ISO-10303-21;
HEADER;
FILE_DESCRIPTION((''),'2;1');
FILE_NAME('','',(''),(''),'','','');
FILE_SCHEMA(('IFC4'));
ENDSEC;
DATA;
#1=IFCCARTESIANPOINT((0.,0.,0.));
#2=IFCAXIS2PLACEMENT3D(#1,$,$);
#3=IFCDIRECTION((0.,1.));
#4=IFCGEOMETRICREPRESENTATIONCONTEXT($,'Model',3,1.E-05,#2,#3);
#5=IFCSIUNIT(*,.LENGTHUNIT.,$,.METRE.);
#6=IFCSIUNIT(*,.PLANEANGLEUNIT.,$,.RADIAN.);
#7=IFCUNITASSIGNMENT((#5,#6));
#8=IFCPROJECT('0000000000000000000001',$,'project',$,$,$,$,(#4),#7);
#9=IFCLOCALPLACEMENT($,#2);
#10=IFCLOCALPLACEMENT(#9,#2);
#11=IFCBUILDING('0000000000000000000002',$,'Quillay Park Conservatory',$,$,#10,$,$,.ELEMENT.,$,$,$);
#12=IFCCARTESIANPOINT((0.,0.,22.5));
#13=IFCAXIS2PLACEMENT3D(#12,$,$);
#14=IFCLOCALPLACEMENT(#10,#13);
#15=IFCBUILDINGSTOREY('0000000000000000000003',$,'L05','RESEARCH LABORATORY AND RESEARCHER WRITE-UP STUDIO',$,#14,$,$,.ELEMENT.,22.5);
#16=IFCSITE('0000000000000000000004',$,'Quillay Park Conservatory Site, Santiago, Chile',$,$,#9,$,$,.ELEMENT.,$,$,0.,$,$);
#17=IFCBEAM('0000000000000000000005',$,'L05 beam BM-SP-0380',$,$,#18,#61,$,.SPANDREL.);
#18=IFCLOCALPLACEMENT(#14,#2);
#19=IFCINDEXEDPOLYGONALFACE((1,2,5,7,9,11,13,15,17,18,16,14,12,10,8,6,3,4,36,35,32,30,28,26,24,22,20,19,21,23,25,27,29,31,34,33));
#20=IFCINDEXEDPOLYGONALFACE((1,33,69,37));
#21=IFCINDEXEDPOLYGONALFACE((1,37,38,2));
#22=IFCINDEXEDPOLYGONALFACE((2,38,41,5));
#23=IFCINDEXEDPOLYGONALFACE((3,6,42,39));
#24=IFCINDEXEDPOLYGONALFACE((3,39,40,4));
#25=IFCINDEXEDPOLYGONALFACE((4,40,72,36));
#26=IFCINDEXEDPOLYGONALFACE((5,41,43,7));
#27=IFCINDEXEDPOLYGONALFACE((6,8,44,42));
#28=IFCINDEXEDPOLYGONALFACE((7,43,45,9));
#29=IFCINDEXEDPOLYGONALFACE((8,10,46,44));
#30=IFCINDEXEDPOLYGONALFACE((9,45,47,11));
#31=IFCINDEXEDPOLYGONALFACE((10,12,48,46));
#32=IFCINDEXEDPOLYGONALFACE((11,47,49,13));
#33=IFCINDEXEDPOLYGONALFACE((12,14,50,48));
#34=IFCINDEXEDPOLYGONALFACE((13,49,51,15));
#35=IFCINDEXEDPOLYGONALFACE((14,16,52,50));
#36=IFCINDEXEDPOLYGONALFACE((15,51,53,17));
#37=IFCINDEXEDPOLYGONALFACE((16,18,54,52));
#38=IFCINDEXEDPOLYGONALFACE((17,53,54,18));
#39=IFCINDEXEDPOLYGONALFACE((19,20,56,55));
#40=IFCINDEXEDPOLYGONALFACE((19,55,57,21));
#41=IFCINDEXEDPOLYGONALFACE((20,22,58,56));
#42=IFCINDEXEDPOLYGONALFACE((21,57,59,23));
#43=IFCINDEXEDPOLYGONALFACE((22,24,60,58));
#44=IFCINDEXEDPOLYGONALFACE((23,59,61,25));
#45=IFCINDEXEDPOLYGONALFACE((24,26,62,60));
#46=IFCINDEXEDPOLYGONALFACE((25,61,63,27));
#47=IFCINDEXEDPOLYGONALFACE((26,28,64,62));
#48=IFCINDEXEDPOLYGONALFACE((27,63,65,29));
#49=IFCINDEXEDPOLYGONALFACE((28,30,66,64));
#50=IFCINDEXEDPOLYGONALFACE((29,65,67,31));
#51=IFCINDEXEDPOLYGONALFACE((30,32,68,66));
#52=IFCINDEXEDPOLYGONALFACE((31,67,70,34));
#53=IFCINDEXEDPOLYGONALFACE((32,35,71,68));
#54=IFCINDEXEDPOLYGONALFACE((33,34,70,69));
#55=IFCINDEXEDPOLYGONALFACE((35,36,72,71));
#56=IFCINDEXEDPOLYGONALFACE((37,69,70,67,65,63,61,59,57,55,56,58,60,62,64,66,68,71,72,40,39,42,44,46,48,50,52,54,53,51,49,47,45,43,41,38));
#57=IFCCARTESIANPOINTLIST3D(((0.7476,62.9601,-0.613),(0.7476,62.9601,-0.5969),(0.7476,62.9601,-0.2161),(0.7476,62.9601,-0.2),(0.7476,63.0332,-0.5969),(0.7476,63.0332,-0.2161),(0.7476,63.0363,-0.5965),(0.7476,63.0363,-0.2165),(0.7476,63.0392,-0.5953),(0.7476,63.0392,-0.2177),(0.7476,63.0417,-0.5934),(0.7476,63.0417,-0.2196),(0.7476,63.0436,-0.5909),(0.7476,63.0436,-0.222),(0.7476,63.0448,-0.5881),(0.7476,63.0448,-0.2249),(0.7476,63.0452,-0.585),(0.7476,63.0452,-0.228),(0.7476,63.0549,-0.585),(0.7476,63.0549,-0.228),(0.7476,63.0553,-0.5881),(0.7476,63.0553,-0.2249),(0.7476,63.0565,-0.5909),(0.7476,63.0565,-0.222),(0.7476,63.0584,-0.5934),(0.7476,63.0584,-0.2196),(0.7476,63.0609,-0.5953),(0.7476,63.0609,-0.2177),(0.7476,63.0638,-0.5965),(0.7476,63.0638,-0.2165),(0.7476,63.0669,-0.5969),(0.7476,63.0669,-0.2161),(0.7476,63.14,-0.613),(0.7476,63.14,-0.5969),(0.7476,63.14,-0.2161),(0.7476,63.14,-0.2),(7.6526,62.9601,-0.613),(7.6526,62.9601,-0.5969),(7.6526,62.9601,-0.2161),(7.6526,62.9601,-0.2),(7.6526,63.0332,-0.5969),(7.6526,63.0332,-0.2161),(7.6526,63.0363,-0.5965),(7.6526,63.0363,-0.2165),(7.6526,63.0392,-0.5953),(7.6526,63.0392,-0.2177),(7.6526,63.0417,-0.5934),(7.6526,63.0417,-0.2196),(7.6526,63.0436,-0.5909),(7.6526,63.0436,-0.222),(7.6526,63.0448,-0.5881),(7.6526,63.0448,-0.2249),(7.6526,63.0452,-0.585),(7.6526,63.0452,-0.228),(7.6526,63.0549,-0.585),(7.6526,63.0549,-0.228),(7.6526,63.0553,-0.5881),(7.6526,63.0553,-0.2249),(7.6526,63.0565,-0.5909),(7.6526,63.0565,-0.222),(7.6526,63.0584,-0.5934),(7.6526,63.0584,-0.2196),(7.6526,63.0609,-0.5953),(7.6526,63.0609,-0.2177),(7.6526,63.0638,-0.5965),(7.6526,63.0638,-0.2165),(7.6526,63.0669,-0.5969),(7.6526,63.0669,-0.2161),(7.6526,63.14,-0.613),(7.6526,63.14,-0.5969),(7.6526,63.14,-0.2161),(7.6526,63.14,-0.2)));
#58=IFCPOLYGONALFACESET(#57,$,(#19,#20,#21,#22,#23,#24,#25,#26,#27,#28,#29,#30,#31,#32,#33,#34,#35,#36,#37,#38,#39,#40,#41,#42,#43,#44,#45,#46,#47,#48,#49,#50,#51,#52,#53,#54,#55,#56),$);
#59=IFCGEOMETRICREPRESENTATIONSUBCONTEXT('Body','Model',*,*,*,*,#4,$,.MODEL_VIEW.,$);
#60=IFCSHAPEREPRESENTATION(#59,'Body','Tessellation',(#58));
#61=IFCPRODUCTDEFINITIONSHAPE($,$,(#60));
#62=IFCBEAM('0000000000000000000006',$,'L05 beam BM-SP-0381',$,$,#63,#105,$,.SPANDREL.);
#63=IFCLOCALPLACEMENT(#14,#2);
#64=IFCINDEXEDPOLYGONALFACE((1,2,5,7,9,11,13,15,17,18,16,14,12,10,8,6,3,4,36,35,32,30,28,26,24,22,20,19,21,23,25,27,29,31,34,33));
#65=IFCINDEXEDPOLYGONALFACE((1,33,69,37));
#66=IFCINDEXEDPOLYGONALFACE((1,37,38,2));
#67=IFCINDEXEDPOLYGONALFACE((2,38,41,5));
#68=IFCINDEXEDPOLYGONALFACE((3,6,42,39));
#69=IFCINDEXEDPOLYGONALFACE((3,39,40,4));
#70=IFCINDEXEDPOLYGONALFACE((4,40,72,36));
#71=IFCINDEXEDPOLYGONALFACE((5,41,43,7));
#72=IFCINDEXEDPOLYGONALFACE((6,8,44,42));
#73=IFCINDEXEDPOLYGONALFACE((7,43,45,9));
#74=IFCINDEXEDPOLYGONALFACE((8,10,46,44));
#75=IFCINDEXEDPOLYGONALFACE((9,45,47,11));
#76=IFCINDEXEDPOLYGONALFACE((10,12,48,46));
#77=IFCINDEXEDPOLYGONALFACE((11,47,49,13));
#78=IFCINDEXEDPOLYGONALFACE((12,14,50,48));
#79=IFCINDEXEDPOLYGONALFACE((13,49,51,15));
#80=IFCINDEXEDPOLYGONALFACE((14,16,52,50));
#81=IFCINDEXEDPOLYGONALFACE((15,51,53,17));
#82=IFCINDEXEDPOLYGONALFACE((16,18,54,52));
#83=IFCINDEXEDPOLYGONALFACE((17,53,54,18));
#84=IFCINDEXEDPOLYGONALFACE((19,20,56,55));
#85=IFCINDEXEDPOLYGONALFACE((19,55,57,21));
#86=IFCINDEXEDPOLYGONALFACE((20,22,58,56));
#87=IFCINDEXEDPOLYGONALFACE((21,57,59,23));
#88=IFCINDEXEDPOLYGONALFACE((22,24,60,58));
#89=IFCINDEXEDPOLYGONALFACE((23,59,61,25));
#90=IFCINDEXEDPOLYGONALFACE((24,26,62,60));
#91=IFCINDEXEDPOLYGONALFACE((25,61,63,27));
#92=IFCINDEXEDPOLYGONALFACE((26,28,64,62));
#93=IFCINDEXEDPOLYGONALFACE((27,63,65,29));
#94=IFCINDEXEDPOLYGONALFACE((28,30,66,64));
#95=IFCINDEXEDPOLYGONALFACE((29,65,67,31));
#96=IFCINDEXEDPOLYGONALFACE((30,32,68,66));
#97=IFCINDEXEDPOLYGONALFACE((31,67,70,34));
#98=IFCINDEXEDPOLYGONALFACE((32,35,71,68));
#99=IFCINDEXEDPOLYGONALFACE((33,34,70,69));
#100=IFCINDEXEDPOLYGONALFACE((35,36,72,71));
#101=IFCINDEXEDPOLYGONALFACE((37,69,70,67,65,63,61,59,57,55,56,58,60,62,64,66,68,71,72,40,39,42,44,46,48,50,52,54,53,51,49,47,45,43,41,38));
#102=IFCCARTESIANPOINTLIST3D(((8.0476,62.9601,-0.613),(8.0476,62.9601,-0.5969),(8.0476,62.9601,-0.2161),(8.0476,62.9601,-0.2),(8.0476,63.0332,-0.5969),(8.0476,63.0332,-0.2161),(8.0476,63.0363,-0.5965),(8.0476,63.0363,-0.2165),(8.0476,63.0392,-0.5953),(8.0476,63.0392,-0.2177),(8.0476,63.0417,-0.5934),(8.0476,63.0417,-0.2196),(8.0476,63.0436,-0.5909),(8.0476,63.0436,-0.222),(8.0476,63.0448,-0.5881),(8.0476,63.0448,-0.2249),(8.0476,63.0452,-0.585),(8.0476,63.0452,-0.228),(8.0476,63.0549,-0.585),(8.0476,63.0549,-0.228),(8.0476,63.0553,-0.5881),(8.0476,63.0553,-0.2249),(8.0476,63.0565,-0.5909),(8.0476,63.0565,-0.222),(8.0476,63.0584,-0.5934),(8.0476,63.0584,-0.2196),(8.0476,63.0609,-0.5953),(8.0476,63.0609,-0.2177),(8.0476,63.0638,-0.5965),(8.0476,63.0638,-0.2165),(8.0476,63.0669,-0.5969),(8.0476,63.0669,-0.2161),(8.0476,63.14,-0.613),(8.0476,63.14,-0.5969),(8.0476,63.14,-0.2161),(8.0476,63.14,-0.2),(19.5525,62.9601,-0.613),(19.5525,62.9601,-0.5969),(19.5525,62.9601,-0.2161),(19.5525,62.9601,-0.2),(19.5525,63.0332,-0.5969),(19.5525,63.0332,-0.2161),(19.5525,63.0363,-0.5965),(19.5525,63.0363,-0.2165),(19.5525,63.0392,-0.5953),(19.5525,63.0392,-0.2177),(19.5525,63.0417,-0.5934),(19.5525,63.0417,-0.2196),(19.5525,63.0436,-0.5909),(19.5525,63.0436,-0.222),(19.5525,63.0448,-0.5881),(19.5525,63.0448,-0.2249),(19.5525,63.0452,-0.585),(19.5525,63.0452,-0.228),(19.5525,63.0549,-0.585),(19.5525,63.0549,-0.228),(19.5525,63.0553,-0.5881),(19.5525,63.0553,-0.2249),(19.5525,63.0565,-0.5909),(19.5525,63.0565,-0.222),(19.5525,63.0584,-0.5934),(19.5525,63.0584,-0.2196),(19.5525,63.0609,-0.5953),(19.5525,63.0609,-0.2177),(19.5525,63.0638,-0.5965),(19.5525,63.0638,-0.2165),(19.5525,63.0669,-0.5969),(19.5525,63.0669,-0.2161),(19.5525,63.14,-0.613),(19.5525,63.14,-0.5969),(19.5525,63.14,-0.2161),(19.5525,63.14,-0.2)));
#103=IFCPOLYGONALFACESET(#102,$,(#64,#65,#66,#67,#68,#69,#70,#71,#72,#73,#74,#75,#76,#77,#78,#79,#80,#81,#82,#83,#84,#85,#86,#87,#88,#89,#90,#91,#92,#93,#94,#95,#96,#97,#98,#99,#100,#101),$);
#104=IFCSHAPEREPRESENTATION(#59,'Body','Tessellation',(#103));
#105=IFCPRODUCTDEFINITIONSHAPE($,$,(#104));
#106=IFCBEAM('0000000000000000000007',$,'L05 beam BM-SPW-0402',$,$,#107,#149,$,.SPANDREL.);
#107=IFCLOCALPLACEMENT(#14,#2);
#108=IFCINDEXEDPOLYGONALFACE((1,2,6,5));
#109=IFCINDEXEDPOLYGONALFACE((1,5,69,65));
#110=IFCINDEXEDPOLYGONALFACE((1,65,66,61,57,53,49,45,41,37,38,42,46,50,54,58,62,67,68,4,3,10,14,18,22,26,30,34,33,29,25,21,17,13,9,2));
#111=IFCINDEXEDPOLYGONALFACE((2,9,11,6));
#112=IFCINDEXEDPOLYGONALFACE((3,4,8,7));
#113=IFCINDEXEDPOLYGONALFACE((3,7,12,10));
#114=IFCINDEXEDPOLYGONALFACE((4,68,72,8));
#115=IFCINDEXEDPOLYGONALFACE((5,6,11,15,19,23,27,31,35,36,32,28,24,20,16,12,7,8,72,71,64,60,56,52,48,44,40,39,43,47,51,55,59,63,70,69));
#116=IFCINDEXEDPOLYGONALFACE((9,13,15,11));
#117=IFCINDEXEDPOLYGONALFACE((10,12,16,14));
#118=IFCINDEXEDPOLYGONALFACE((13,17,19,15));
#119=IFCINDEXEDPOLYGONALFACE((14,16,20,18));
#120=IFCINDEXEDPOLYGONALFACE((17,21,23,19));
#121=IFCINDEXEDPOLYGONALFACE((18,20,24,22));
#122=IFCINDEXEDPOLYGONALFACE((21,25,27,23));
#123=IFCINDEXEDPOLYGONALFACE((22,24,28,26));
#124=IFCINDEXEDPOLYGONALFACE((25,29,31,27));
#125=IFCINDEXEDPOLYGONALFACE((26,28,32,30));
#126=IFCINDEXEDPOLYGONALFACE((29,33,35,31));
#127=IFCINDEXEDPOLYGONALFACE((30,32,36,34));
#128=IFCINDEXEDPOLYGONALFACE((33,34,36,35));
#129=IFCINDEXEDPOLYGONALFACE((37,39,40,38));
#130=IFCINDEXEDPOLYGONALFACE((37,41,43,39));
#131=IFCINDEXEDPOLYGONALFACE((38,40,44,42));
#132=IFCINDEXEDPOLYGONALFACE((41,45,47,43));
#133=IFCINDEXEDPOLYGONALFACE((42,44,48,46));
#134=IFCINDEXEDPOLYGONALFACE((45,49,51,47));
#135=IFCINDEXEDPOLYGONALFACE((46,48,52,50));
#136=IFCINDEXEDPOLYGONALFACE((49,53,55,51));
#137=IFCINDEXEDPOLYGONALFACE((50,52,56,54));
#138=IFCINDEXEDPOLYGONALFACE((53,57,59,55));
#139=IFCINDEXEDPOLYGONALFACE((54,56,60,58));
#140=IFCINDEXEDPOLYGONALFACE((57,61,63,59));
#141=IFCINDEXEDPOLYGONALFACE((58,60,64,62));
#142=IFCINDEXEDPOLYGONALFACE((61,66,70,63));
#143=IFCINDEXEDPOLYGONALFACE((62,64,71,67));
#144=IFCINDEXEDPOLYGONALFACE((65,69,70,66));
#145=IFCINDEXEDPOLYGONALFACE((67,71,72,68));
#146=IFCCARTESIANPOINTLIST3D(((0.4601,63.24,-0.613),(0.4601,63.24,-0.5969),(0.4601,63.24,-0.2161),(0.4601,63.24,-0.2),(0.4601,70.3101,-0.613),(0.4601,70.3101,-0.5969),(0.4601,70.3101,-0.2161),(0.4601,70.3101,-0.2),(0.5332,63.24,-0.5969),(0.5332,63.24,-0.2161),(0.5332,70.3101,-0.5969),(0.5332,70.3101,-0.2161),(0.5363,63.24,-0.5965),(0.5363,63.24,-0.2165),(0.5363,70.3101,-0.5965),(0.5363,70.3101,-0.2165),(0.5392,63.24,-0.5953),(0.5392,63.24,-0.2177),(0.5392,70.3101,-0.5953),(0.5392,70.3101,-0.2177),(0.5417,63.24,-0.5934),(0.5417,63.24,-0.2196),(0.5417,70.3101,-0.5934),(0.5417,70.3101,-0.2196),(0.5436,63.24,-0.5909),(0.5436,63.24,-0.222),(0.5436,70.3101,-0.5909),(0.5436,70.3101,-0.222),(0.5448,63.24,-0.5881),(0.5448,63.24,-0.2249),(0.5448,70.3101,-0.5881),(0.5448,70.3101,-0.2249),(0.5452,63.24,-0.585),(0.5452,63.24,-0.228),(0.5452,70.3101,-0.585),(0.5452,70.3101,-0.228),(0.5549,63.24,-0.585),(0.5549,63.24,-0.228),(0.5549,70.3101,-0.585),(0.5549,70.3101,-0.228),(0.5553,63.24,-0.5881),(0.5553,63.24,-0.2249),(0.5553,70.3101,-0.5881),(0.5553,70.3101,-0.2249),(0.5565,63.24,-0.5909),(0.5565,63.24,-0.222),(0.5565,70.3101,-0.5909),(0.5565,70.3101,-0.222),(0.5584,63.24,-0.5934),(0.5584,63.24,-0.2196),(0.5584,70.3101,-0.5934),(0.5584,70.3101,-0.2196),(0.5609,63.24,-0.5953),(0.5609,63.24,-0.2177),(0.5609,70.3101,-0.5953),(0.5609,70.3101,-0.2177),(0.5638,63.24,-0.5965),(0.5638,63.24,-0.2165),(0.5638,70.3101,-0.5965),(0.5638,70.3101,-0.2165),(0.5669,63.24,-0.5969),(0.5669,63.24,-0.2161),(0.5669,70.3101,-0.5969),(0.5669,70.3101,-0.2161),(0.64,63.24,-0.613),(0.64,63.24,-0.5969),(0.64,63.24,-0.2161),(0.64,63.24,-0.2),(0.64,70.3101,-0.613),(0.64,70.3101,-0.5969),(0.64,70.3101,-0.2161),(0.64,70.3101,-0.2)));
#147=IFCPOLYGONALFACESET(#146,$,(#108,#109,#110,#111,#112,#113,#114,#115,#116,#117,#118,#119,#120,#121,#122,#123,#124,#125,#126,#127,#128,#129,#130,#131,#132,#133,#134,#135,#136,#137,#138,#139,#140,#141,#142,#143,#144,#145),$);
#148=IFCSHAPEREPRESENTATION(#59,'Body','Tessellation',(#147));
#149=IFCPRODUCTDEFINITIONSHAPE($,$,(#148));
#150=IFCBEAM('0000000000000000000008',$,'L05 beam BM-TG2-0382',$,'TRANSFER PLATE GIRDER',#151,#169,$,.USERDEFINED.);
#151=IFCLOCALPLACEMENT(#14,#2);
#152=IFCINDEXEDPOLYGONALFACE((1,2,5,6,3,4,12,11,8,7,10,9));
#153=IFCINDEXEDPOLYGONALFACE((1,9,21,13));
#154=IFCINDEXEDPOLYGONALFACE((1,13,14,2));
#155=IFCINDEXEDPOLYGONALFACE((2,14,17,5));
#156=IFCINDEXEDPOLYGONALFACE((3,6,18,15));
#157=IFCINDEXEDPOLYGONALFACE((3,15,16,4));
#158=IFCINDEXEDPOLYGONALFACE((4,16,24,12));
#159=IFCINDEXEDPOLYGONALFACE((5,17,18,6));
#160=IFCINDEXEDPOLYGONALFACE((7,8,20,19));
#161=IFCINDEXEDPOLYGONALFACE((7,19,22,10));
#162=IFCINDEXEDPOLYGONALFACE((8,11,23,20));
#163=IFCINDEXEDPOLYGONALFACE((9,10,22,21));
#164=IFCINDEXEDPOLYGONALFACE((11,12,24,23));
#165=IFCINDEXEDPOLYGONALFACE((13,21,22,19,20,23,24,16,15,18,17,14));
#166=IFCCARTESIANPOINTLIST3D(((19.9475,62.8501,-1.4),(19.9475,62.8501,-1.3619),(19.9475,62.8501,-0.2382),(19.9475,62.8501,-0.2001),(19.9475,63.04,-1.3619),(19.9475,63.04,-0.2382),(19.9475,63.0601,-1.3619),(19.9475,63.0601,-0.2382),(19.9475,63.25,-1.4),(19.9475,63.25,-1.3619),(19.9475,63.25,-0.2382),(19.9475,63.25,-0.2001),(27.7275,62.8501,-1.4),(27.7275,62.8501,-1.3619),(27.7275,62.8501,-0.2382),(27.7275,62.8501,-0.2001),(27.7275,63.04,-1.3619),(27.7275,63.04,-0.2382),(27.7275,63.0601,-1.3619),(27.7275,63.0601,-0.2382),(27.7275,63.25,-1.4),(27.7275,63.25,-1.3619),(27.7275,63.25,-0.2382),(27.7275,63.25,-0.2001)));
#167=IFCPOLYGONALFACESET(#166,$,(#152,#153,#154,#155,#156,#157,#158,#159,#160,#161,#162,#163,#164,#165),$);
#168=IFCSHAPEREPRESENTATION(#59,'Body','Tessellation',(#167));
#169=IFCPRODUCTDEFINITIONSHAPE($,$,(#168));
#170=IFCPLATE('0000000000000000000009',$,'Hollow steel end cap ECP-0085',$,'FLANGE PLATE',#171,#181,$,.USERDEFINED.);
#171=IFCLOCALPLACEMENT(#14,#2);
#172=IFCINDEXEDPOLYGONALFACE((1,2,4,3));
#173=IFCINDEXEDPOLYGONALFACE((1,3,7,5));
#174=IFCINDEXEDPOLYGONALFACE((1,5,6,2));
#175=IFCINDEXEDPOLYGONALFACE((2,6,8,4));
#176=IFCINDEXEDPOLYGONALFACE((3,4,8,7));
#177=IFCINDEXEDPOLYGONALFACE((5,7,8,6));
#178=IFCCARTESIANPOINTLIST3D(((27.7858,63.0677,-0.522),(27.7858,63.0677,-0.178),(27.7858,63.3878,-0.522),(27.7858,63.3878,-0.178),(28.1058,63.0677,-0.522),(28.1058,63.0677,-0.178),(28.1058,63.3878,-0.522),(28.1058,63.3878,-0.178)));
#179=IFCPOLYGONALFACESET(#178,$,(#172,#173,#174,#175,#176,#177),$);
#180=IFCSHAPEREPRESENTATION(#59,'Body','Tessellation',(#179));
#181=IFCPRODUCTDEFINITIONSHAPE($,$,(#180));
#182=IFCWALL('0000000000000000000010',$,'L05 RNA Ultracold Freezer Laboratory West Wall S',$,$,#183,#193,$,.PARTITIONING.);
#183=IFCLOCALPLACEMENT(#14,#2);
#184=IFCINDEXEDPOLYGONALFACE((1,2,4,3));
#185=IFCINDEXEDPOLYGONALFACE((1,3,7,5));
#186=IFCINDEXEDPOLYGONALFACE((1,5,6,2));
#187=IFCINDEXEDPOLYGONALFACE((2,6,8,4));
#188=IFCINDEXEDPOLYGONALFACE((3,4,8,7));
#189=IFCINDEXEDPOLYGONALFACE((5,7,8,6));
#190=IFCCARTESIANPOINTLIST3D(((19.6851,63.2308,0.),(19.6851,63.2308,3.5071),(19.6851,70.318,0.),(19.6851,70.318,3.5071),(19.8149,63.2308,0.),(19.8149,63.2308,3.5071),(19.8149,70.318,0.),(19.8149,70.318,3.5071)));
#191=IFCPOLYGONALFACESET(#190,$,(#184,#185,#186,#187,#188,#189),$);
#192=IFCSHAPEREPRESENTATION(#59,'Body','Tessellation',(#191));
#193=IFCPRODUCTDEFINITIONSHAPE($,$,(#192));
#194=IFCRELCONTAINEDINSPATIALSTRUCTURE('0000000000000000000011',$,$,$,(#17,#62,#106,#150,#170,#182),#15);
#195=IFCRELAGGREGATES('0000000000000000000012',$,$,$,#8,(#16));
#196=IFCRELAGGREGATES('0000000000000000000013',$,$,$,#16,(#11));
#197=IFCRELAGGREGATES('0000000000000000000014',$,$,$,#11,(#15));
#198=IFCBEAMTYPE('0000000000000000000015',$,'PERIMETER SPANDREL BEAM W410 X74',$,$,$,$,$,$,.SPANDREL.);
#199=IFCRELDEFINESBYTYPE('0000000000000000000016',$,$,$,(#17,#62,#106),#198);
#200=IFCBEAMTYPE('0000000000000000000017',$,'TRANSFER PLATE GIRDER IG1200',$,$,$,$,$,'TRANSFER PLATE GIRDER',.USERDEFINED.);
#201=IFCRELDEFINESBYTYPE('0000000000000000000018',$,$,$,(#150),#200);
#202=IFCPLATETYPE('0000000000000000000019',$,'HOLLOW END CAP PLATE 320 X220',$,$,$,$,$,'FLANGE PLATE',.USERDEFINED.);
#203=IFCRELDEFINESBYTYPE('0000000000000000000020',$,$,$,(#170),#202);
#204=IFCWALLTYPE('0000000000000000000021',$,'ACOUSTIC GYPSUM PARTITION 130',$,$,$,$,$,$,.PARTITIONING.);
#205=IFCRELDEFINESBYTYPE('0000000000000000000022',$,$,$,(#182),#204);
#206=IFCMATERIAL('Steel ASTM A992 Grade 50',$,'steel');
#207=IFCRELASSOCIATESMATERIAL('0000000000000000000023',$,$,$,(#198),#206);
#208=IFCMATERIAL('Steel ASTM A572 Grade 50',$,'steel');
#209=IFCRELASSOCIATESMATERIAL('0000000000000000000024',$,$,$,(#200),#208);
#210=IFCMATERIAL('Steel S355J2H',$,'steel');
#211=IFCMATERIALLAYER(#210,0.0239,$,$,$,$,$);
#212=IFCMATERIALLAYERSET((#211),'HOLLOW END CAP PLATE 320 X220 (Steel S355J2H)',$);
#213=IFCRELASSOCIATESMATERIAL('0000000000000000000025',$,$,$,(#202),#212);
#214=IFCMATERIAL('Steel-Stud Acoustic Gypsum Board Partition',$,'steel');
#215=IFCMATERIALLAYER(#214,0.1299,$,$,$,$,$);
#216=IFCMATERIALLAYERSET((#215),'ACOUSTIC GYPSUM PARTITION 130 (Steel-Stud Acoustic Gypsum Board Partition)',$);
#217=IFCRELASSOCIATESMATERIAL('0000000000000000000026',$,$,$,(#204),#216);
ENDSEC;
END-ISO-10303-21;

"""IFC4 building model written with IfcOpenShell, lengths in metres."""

from ifc_helpers import new_model, si_unit, direction, frame, frame_2d, origin, origin_2d, place, context, subcontext, project, spatial, rectangle, i_section, extrude, material, layer, layer_set, material_profile, profile_set, type_object, element, save


model = new_model("IFC4")

# Units and contexts
model_context = context("Model", 3, precision=1e-05, world=origin(), true_north=direction((0.0, 1.0)))
body_context = subcontext(model_context, "Body", "Model", "MODEL_VIEW")
ifc_project = project(units=[si_unit("LENGTHUNIT", "METRE"), si_unit("PLANEANGLEUNIT", "RADIAN")], contexts=[model_context])

# Site, building, storey
site_placement = place(None, origin())
site = spatial("IfcSite", under=ifc_project, at=site_placement, Name="Quillay Park Conservatory Site, Santiago, Chile", CompositionType="ELEMENT", RefElevation=0.0)
building_placement = place(site_placement, origin())
building = spatial("IfcBuilding", under=site, at=building_placement, Name="Quillay Park Conservatory", CompositionType="ELEMENT")
storey_placement = place(building_placement, frame((0.0, 0.0, 22.5)))
storey = spatial("IfcBuildingStorey", under=building, at=storey_placement, Name="L05", Description="RESEARCH LABORATORY AND RESEARCHER WRITE-UP STUDIO", CompositionType="ELEMENT", Elevation=22.5)

# Beams
ifc_material_1 = material(Name="Steel ASTM A992 Grade 50", Category="steel")
ifc_material_profile_1 = material_profile(ifc_material_1, i_section(OverallWidth=0.1799, OverallDepth=0.4131, WebThickness=0.0098, FlangeThickness=0.0161, FilletRadius=0.012, at=origin_2d()), Name="W410x74")
ifc_profile_set_1 = profile_set([ifc_material_profile_1], Name="Steel ASTM A992 Grade 50")
beam_type_1 = type_object("IfcBeamType", Name="PERIMETER SPANDREL BEAM W410 X74", PredefinedType="SPANDREL", material=ifc_profile_set_1)
beam_1_placement = place(storey_placement, frame((0.7476, 63.05, -0.4065), z_axis=(1.0, 0.0, 0.0), x_axis=(0.0, 1.0, 0.0)))
element("IfcBeam", 1, at=beam_1_placement, inside=storey, type_object=beam_type_1, Name="L05 beam BM-SP-0380", PredefinedType="SPANDREL", context=body_context, shape_type="SweptSolid", body=[
    extrude(i_section(OverallWidth=0.1799, OverallDepth=0.4131, WebThickness=0.0098, FlangeThickness=0.0161, FilletRadius=0.012, at=origin_2d()), origin(), (0.0, 0.0, 1.0), 6.905),
])
beam_2_placement = place(storey_placement, frame((8.0476, 63.05, -0.4065), z_axis=(1.0, 0.0, 0.0), x_axis=(0.0, 1.0, 0.0)))
element("IfcBeam", 2, at=beam_2_placement, inside=storey, type_object=beam_type_1, Name="L05 beam BM-SP-0381", PredefinedType="SPANDREL", context=body_context, shape_type="SweptSolid", body=[
    extrude(i_section(OverallWidth=0.1799, OverallDepth=0.4131, WebThickness=0.0098, FlangeThickness=0.0161, FilletRadius=0.012, at=origin_2d()), origin(), (0.0, 0.0, 1.0), 11.5049),
])
beam_3_placement = place(storey_placement, frame((0.55, 63.24, -0.4065), z_axis=(0.0, 1.0, 0.0), x_axis=(-1.0, 0.0, 0.0)))
element("IfcBeam", 3, at=beam_3_placement, inside=storey, type_object=beam_type_1, Name="L05 beam BM-SPW-0402", PredefinedType="SPANDREL", context=body_context, shape_type="SweptSolid", body=[
    extrude(i_section(OverallWidth=0.1799, OverallDepth=0.4131, WebThickness=0.0098, FlangeThickness=0.0161, FilletRadius=0.012, at=origin_2d()), origin(), (0.0, 0.0, 1.0), 7.0701),
])
ifc_material_2 = material(Name="Steel ASTM A572 Grade 50", Category="steel")
ifc_material_profile_2 = material_profile(ifc_material_2, i_section(OverallWidth=0.3999, OverallDepth=1.2, WebThickness=0.02, FlangeThickness=0.0381, at=origin_2d()), Name="IG1200x400")
ifc_profile_set_2 = profile_set([ifc_material_profile_2], Name="Steel ASTM A572 Grade 50")
beam_type_2 = type_object("IfcBeamType", Name="TRANSFER PLATE GIRDER IG1200", ElementType="TRANSFER PLATE GIRDER", PredefinedType="USERDEFINED", material=ifc_profile_set_2)
beam_4_placement = place(storey_placement, frame((19.9475, 63.05, -0.8), z_axis=(1.0, 0.0, 0.0), x_axis=(0.0, 1.0, 0.0)))
element("IfcBeam", 4, at=beam_4_placement, inside=storey, type_object=beam_type_2, Name="L05 beam BM-TG2-0382", ObjectType="TRANSFER PLATE GIRDER", PredefinedType="USERDEFINED", context=body_context, shape_type="SweptSolid", body=[
    extrude(i_section(OverallWidth=0.3999, OverallDepth=1.2, WebThickness=0.02, FlangeThickness=0.0381, at=origin_2d()), origin(), (0.0, 0.0, 1.0), 7.78),
])

# Plate
ifc_material_3 = material(Name="Steel S355J2H", Category="steel")
ifc_layer_1 = layer(ifc_material_3, 0.0239)
ifc_layer_set_1 = layer_set([ifc_layer_1], Name="HOLLOW END CAP PLATE 320 X220 (Steel S355J2H)")
plate_type = type_object("IfcPlateType", Name="HOLLOW END CAP PLATE 320 X220", ElementType="FLANGE PLATE", PredefinedType="USERDEFINED", material=ifc_layer_set_1)
plate_placement = place(storey_placement, frame((27.9458, 63.2278, -0.522), z_axis=(0.0, 0.0, 1.0), x_axis=(1.0, 0.0, 0.0)))
element("IfcPlate", 5, at=plate_placement, inside=storey, type_object=plate_type, Name="Hollow steel end cap ECP-0085", ObjectType="FLANGE PLATE", PredefinedType="USERDEFINED", context=body_context, shape_type="SweptSolid", body=[
    extrude(rectangle(XDim=0.3201, YDim=0.3201, at=origin_2d()), origin(), (0.0, 0.0, 1.0), 0.344),
])

# Wall
ifc_material_4 = material(Name="Steel-Stud Acoustic Gypsum Board Partition", Category="steel")
ifc_layer_2 = layer(ifc_material_4, 0.1299)
ifc_layer_set_2 = layer_set([ifc_layer_2], Name="ACOUSTIC GYPSUM PARTITION 130 (Steel-Stud Acoustic Gypsum Board Partition)")
wall_type_1 = type_object("IfcWallType", Name="ACOUSTIC GYPSUM PARTITION 130", PredefinedType="PARTITIONING", material=ifc_layer_set_2)
wall_1_placement = place(storey_placement, frame((19.75, 63.231, 0.0), z_axis=(0.0, 0.0, 1.0), x_axis=(0.0, 1.0, 0.0)))
element("IfcWall", 6, at=wall_1_placement, inside=storey, type_object=wall_type_1, Name="L05 RNA Ultracold Freezer Laboratory West Wall S", PredefinedType="PARTITIONING", context=body_context, shape_type="SweptSolid", body=[
    extrude(rectangle(XDim=7.0872, YDim=0.1299, at=frame_2d((3.5435, 0.0))), origin(), (0.0, 0.0, 1.0), 3.5071),
])

save(model, "model.ifc")
